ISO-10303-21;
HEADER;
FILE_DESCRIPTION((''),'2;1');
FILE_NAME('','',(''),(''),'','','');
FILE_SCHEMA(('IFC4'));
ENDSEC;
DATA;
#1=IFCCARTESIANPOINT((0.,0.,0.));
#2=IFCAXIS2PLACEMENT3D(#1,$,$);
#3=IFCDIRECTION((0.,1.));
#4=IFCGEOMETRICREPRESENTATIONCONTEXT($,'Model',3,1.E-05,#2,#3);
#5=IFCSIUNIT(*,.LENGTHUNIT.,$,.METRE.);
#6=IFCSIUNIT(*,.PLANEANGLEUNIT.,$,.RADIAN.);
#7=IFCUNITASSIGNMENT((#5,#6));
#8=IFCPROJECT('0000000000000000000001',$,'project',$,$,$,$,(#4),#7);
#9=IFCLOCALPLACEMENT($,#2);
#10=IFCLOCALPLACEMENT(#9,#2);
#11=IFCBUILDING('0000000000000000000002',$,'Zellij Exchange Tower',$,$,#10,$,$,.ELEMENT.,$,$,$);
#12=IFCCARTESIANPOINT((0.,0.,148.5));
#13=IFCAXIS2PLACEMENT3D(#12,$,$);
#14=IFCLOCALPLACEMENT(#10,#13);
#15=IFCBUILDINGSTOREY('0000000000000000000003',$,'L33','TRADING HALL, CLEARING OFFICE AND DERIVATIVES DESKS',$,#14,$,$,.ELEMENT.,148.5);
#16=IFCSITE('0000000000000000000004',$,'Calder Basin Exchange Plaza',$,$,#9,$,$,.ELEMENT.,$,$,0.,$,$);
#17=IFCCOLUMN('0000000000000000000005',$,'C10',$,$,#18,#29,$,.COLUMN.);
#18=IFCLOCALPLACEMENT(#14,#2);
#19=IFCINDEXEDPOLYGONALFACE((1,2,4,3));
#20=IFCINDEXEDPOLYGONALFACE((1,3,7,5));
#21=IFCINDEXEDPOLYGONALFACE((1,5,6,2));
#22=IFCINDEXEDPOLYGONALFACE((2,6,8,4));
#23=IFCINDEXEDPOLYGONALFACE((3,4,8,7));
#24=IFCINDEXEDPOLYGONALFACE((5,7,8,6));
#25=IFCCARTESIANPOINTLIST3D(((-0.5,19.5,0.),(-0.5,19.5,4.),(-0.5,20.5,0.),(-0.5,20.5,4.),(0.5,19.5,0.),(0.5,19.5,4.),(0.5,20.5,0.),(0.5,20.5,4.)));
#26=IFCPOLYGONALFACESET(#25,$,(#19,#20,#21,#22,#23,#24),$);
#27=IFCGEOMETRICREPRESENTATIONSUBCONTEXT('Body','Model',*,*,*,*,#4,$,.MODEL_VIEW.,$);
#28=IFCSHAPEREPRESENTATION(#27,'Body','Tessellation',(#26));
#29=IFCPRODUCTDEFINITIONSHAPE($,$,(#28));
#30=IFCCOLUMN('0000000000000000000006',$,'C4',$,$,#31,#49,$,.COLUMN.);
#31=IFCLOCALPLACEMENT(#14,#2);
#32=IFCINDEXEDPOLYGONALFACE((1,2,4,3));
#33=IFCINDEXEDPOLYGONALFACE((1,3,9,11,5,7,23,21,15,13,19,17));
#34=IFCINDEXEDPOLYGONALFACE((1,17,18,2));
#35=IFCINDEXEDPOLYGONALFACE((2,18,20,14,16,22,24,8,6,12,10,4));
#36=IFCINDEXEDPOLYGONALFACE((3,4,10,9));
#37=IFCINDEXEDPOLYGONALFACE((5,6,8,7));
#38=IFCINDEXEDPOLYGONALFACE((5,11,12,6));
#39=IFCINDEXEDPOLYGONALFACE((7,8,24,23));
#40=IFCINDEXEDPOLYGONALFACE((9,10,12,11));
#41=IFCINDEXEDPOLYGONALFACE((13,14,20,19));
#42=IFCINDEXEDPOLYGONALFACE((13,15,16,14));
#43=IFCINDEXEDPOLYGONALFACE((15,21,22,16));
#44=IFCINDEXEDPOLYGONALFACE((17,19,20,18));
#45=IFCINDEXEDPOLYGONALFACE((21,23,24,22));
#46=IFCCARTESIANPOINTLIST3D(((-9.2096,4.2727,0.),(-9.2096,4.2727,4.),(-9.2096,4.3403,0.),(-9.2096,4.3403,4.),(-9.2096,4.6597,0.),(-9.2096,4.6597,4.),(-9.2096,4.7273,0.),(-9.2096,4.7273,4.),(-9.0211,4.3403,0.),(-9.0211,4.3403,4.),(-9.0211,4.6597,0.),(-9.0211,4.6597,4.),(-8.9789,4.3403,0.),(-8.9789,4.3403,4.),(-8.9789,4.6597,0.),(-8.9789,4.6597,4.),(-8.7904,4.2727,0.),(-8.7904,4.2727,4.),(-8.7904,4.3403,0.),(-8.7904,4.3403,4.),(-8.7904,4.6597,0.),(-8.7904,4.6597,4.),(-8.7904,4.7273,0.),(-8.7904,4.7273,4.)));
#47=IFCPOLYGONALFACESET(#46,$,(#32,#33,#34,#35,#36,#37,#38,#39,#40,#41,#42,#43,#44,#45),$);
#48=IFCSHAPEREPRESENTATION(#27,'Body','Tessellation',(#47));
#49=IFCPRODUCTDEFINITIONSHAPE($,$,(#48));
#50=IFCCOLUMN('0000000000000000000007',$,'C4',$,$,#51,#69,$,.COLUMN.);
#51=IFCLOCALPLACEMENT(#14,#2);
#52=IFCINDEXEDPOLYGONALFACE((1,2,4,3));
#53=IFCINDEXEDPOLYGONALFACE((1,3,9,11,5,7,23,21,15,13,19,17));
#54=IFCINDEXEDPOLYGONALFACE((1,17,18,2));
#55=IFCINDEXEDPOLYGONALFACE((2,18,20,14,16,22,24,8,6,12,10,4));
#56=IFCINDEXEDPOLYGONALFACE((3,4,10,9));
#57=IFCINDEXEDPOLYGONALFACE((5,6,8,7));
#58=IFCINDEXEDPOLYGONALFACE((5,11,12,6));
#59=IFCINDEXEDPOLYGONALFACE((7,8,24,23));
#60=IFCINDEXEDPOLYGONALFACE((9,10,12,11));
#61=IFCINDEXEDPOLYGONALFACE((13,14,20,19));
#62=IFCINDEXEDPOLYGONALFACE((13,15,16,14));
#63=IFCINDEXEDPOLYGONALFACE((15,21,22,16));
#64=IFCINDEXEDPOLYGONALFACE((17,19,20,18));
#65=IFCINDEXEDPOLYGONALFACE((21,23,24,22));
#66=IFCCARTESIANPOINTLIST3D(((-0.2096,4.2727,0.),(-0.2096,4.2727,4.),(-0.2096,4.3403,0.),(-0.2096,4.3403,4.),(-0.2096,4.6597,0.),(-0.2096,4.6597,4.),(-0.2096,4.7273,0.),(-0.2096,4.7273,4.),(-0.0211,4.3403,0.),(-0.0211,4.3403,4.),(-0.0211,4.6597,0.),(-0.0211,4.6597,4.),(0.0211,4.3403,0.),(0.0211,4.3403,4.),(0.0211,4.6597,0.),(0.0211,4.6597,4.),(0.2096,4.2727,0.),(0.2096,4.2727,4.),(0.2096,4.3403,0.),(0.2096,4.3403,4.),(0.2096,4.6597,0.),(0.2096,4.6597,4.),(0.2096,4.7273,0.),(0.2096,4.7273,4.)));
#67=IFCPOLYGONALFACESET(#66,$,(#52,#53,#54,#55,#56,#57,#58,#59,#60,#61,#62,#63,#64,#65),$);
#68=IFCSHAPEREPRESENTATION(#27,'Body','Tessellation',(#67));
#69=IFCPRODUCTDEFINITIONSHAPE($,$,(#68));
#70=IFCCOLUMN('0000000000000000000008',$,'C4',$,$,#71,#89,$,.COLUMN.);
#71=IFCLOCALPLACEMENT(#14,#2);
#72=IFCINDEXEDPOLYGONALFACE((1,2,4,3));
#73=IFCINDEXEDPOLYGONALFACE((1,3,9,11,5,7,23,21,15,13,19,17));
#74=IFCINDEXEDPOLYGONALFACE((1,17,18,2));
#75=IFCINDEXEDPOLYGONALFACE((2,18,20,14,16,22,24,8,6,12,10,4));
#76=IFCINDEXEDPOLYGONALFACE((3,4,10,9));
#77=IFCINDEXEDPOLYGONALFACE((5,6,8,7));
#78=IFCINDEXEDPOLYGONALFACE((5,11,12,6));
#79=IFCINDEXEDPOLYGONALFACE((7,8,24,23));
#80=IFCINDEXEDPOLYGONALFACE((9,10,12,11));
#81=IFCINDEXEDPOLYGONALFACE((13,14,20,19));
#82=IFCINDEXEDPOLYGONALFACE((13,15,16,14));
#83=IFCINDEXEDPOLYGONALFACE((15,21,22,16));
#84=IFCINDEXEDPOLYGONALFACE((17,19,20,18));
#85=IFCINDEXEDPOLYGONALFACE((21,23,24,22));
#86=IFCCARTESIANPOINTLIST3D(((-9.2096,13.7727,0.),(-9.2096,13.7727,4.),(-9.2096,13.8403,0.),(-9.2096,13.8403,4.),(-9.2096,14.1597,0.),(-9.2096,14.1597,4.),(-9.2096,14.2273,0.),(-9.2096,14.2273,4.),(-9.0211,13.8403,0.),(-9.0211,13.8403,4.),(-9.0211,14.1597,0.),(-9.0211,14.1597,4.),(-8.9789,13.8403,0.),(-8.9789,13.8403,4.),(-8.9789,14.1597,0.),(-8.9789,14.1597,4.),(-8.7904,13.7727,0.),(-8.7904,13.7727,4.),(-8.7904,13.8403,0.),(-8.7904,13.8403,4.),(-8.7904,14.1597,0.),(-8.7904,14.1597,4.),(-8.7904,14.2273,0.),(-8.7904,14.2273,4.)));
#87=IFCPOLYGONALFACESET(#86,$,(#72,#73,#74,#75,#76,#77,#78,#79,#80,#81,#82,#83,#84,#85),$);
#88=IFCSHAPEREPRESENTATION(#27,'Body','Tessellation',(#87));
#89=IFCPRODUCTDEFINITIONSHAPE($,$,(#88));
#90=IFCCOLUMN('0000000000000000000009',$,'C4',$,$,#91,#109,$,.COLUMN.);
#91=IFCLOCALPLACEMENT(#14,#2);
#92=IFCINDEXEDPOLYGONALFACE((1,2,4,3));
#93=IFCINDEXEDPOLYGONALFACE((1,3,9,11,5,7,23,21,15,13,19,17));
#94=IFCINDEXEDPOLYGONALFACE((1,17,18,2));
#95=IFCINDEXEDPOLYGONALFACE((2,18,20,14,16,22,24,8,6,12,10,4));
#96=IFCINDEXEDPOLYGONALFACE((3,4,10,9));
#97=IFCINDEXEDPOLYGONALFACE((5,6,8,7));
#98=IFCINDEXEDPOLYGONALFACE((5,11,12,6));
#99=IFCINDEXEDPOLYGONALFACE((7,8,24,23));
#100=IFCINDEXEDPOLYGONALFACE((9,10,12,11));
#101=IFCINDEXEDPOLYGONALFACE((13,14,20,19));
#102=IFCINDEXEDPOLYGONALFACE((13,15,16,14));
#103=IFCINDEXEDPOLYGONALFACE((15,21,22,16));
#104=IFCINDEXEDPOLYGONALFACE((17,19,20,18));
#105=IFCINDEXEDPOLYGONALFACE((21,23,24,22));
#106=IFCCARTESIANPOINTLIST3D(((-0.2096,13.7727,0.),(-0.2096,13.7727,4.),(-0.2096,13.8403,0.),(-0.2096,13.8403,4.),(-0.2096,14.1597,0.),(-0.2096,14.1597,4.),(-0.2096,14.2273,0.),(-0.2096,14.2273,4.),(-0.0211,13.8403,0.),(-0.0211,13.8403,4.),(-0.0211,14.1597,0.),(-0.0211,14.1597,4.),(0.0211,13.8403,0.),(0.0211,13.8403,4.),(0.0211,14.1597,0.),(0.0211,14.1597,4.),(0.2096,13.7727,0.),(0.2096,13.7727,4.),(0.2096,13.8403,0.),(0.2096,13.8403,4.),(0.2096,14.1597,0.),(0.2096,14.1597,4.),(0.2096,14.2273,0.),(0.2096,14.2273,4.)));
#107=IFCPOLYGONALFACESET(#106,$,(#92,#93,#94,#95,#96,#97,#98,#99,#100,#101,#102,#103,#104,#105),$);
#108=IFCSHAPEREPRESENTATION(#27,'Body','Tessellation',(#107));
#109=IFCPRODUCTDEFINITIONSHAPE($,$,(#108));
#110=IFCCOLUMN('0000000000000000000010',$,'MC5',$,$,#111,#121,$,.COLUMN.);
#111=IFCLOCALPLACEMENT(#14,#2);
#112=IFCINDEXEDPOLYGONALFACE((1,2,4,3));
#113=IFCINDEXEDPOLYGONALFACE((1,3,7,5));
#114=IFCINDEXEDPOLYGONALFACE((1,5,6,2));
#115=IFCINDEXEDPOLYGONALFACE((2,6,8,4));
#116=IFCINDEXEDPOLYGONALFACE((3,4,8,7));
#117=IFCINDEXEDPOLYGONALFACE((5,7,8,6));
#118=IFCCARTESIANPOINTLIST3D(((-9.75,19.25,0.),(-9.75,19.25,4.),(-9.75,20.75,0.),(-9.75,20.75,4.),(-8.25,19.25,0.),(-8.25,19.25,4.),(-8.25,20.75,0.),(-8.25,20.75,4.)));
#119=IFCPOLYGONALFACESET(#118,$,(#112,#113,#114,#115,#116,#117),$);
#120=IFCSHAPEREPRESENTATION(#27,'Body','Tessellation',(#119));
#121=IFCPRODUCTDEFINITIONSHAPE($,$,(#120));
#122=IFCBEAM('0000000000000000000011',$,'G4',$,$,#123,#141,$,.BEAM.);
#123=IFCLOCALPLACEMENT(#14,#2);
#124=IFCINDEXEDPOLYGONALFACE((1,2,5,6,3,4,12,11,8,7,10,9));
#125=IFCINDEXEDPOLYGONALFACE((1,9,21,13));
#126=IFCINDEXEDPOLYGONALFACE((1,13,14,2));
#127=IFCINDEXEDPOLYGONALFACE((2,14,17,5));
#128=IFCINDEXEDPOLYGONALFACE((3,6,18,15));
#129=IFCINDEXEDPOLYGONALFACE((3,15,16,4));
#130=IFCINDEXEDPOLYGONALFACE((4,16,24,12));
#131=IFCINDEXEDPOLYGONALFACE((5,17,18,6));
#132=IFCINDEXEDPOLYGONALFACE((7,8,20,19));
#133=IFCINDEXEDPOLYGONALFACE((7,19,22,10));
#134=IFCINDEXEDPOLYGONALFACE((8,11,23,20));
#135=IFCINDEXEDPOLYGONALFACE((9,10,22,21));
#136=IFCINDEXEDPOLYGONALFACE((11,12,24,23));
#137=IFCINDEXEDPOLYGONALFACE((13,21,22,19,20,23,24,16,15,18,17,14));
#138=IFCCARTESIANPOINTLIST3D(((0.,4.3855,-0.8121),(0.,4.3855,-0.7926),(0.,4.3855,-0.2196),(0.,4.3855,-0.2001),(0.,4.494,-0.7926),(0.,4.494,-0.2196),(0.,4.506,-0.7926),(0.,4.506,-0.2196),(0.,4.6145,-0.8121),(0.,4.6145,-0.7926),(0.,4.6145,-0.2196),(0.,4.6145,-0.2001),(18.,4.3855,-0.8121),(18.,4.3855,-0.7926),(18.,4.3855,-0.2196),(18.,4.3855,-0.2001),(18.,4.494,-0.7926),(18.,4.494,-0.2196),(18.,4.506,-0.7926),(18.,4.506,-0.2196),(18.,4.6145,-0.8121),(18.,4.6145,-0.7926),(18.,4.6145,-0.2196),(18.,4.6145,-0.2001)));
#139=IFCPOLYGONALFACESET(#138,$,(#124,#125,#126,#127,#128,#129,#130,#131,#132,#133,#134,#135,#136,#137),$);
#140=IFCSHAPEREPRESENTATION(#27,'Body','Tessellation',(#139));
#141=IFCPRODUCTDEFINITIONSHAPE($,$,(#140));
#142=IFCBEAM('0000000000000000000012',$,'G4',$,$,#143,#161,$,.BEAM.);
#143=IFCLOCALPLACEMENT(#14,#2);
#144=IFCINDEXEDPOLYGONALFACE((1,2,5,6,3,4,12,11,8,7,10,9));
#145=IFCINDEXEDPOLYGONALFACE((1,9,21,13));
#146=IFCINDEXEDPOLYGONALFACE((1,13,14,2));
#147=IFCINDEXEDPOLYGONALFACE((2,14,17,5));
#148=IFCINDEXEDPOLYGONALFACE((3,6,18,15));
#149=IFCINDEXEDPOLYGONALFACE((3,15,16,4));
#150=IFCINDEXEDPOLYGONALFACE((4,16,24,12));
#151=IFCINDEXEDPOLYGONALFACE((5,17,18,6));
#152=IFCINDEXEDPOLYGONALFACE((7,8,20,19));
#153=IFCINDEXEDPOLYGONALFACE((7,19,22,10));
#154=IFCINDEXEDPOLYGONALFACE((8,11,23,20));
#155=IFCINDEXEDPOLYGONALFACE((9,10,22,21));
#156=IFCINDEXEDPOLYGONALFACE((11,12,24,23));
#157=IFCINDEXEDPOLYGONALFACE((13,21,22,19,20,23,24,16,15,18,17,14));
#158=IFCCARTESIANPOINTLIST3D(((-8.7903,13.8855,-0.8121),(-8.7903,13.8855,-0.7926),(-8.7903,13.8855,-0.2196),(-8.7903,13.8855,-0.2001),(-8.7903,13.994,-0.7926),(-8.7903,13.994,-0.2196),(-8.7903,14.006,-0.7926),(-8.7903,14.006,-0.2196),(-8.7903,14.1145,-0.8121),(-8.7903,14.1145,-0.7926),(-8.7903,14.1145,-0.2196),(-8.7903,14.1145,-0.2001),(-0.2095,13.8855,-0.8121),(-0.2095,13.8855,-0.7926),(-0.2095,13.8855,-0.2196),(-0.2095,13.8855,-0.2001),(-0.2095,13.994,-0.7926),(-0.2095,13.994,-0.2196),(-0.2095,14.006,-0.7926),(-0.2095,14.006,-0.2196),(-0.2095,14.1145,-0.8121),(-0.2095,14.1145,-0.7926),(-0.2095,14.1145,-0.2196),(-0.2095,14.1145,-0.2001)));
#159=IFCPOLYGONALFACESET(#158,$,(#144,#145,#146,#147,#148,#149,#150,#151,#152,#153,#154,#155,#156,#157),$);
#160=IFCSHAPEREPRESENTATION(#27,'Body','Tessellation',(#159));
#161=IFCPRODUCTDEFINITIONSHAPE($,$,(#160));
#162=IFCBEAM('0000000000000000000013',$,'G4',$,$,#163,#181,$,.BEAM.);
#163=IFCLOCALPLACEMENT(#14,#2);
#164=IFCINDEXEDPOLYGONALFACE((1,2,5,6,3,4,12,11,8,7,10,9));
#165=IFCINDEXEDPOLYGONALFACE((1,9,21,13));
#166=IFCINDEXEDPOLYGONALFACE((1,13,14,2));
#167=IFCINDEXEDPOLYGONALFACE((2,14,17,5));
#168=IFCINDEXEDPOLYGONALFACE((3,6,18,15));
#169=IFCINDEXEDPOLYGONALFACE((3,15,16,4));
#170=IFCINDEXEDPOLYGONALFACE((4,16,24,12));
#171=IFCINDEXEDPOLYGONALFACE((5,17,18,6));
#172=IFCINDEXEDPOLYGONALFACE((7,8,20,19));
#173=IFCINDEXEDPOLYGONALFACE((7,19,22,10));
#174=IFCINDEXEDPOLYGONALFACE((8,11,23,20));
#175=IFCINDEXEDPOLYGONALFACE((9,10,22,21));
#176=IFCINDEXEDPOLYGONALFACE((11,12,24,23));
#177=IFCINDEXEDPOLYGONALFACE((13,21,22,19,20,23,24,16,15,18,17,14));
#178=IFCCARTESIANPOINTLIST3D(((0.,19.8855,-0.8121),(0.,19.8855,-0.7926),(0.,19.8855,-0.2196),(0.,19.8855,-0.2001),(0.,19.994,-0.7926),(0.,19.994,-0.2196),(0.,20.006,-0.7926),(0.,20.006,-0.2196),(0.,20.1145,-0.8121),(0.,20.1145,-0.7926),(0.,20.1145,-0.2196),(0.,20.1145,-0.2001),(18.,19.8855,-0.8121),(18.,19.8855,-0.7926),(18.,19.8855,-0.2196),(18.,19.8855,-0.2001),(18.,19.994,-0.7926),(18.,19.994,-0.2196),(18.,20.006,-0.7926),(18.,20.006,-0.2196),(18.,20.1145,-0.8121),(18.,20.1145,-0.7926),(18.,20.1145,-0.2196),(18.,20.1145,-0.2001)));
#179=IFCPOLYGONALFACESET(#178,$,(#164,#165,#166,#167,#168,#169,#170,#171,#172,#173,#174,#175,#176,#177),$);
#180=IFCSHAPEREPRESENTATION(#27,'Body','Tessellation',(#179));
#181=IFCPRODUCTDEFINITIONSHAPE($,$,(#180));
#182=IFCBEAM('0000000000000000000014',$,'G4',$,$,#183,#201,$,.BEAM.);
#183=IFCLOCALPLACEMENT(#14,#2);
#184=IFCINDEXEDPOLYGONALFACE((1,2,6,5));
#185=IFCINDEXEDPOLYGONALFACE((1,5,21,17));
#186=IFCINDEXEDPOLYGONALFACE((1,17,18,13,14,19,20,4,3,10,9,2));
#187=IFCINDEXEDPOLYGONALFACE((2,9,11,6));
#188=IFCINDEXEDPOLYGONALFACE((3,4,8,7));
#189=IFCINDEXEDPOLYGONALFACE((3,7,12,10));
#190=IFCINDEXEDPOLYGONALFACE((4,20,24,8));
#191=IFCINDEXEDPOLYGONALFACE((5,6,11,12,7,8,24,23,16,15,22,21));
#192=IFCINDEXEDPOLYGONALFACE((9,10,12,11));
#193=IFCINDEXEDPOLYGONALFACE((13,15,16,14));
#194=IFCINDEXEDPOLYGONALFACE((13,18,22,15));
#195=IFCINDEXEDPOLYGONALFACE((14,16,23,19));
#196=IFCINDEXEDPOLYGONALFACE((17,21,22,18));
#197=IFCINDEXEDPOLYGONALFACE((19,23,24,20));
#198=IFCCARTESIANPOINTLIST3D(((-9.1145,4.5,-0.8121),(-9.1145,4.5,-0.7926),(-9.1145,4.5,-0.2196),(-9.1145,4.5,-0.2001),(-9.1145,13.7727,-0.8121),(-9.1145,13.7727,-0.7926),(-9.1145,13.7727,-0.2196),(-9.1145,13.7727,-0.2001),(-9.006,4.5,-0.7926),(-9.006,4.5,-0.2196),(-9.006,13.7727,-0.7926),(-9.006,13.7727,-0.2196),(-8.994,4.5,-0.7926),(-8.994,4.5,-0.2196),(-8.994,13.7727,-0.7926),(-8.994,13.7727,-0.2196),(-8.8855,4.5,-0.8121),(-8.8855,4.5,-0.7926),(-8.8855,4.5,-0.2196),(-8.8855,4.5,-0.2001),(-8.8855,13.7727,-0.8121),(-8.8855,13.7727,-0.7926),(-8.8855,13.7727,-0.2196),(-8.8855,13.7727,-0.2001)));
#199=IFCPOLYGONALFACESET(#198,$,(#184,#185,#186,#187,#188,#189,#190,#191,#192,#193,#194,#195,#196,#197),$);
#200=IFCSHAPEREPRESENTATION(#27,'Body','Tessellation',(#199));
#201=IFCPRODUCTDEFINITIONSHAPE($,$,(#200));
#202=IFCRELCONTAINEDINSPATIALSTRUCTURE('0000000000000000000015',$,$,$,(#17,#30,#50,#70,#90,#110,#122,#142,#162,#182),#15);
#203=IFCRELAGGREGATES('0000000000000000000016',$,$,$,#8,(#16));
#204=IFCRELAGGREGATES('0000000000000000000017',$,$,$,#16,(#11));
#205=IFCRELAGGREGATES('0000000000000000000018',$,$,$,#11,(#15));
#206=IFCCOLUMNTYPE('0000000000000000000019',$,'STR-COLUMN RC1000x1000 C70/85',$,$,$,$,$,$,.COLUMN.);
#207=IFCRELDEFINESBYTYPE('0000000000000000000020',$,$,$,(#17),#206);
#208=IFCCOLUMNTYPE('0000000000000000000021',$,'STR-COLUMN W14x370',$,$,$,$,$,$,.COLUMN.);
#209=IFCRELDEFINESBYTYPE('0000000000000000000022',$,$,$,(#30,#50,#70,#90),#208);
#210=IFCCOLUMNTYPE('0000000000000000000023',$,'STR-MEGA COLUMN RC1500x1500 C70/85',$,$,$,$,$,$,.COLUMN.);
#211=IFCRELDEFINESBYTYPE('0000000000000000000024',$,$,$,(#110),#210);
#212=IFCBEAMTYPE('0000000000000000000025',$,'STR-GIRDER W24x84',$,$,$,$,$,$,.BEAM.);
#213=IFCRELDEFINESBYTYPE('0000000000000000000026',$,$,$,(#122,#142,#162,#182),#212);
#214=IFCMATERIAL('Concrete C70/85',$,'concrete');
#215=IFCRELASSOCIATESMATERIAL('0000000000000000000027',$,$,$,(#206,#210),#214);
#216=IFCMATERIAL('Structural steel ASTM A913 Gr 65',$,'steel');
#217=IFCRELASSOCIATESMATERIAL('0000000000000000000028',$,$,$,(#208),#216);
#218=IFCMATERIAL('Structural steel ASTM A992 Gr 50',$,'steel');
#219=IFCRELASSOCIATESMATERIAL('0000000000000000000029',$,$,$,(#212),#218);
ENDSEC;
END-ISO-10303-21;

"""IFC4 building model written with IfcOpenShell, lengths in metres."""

from ifc_helpers import new_model, si_unit, direction, frame, origin, origin_2d, place, context, subcontext, project, spatial, rectangle, i_section, extrude, material, material_profile, profile_set, type_object, element, save


model = new_model("IFC4")

# Units and contexts
model_context = context("Model", 3, precision=1e-05, world=origin(), true_north=direction((0.0, 1.0)))
body_context = subcontext(model_context, "Body", "Model", "MODEL_VIEW")
ifc_project = project(units=[si_unit("LENGTHUNIT", "METRE"), si_unit("PLANEANGLEUNIT", "RADIAN")], contexts=[model_context])

# Site, building, storey
site_placement = place(None, origin())
site = spatial("IfcSite", under=ifc_project, at=site_placement, Name="Calder Basin Exchange Plaza", CompositionType="ELEMENT", RefElevation=0.0)
building_placement = place(site_placement, origin())
building = spatial("IfcBuilding", under=site, at=building_placement, Name="Zellij Exchange Tower", CompositionType="ELEMENT")
storey_placement = place(building_placement, frame((0.0, 0.0, 148.5)))
storey = spatial("IfcBuildingStorey", under=building, at=storey_placement, Name="L33", Description="TRADING HALL, CLEARING OFFICE AND DERIVATIVES DESKS", CompositionType="ELEMENT", Elevation=148.5)

# Columns
ifc_material_1 = material(Name="Concrete C70/85", Category="concrete")
ifc_material_profile_1 = material_profile(ifc_material_1, rectangle(XDim=1.0, YDim=1.0, at=origin_2d()), Name="STR-COLUMN RC1000x1000 C70/85")
ifc_profile_set_1 = profile_set([ifc_material_profile_1], Name="Concrete C70/85")
column_type_1 = type_object("IfcColumnType", Name="STR-COLUMN RC1000x1000 C70/85", PredefinedType="COLUMN", material=ifc_profile_set_1)
column_1_placement = place(storey_placement, frame((0.0, 20.0, 0.0), z_axis=(0.0, 0.0, 1.0), x_axis=(1.0, 0.0, 0.0)))
element("IfcColumn", 1, at=column_1_placement, inside=storey, type_object=column_type_1, Name="C10", PredefinedType="COLUMN", context=body_context, shape_type="SweptSolid", body=[
    extrude(rectangle(XDim=1.0, YDim=1.0, at=origin_2d()), origin(), (0.0, 0.0, 1.0), 4.0),
])
ifc_material_2 = material(Name="Structural steel ASTM A913 Gr 65", Category="steel")
ifc_material_profile_2 = material_profile(ifc_material_2, i_section(OverallWidth=0.4192, OverallDepth=0.4546, WebThickness=0.0422, FlangeThickness=0.0676, at=origin_2d()), Name="W14x370")
ifc_profile_set_2 = profile_set([ifc_material_profile_2], Name="Structural steel ASTM A913 Gr 65")
column_type_2 = type_object("IfcColumnType", Name="STR-COLUMN W14x370", PredefinedType="COLUMN", material=ifc_profile_set_2)
for number, where, z_axis, x_axis, name in (
    (2, (-9.0, 4.5, 0.0), (0.0, 0.0, 1.0), (1.0, 0.0, 0.0), "C4"),
    (3, (0.0, 4.5, 0.0), (0.0, 0.0, 1.0), (1.0, 0.0, 0.0), "C4"),
    (4, (-9.0, 14.0, 0.0), (0.0, 0.0, 1.0), (1.0, 0.0, 0.0), "C4"),
    (5, (0.0, 14.0, 0.0), (0.0, 0.0, 1.0), (1.0, 0.0, 0.0), "C4"),
):
    element("IfcColumn", number, at=place(storey_placement, frame(where, z_axis=z_axis, x_axis=x_axis)), inside=storey, type_object=column_type_2, Name=name, PredefinedType="COLUMN", context=body_context, shape_type="SweptSolid", body=[
        extrude(i_section(OverallWidth=0.4192, OverallDepth=0.4546, WebThickness=0.0422, FlangeThickness=0.0676, at=origin_2d()), origin(), (0.0, 0.0, 1.0), 4.0),
    ])
ifc_material_profile_3 = material_profile(ifc_material_1, rectangle(XDim=1.5, YDim=1.5, at=origin_2d()), Name="STR-MEGA COLUMN RC1500x1500 C70/85")
ifc_profile_set_3 = profile_set([ifc_material_profile_3], Name="Concrete C70/85")
column_type_3 = type_object("IfcColumnType", Name="STR-MEGA COLUMN RC1500x1500 C70/85", PredefinedType="COLUMN", material=ifc_profile_set_3)
column_2_placement = place(storey_placement, frame((-9.0, 20.0, 0.0), z_axis=(0.0, 0.0, 1.0), x_axis=(1.0, 0.0, 0.0)))
element("IfcColumn", 6, at=column_2_placement, inside=storey, type_object=column_type_3, Name="MC5", PredefinedType="COLUMN", context=body_context, shape_type="SweptSolid", body=[
    extrude(rectangle(XDim=1.5, YDim=1.5, at=origin_2d()), origin(), (0.0, 0.0, 1.0), 4.0),
])

# Beams
ifc_material_3 = material(Name="Structural steel ASTM A992 Gr 50", Category="steel")
ifc_material_profile_4 = material_profile(ifc_material_3, i_section(OverallWidth=0.229, OverallDepth=0.6121, WebThickness=0.012, FlangeThickness=0.0195, at=origin_2d()), Name="W24x84")
ifc_profile_set_4 = profile_set([ifc_material_profile_4], Name="Structural steel ASTM A992 Gr 50")
beam_type = type_object("IfcBeamType", Name="STR-GIRDER W24x84", PredefinedType="BEAM", material=ifc_profile_set_4)
beam_1_placement = place(storey_placement, frame((0.0, 4.5, -0.5061), z_axis=(1.0, 0.0, 0.0), x_axis=(0.0, 1.0, 0.0)))
element("IfcBeam", 7, at=beam_1_placement, inside=storey, type_object=beam_type, Name="G4", PredefinedType="BEAM", context=body_context, shape_type="SweptSolid", body=[
    extrude(i_section(OverallWidth=0.229, OverallDepth=0.6121, WebThickness=0.012, FlangeThickness=0.0195, at=origin_2d()), origin(), (0.0, 0.0, 1.0), 18.0),
])
beam_2_placement = place(storey_placement, frame((-8.7903, 14.0, -0.5061), z_axis=(1.0, 0.0, 0.0), x_axis=(0.0, 1.0, 0.0)))
element("IfcBeam", 8, at=beam_2_placement, inside=storey, type_object=beam_type, Name="G4", PredefinedType="BEAM", context=body_context, shape_type="SweptSolid", body=[
    extrude(i_section(OverallWidth=0.229, OverallDepth=0.6121, WebThickness=0.012, FlangeThickness=0.0195, at=origin_2d()), origin(), (0.0, 0.0, 1.0), 8.5808),
])
beam_3_placement = place(storey_placement, frame((0.0, 20.0, -0.5061), z_axis=(1.0, 0.0, 0.0), x_axis=(0.0, 1.0, 0.0)))
element("IfcBeam", 9, at=beam_3_placement, inside=storey, type_object=beam_type, Name="G4", PredefinedType="BEAM", context=body_context, shape_type="SweptSolid", body=[
    extrude(i_section(OverallWidth=0.229, OverallDepth=0.6121, WebThickness=0.012, FlangeThickness=0.0195, at=origin_2d()), origin(), (0.0, 0.0, 1.0), 18.0),
])
beam_4_placement = place(storey_placement, frame((-9.0, 4.5, -0.5061), z_axis=(0.0, 1.0, 0.0), x_axis=(-1.0, 0.0, 0.0)))
element("IfcBeam", 10, at=beam_4_placement, inside=storey, type_object=beam_type, Name="G4", PredefinedType="BEAM", context=body_context, shape_type="SweptSolid", body=[
    extrude(i_section(OverallWidth=0.229, OverallDepth=0.6121, WebThickness=0.012, FlangeThickness=0.0195, at=origin_2d()), origin(), (0.0, 0.0, 1.0), 9.2727),
])

save(model, "model.ifc")
